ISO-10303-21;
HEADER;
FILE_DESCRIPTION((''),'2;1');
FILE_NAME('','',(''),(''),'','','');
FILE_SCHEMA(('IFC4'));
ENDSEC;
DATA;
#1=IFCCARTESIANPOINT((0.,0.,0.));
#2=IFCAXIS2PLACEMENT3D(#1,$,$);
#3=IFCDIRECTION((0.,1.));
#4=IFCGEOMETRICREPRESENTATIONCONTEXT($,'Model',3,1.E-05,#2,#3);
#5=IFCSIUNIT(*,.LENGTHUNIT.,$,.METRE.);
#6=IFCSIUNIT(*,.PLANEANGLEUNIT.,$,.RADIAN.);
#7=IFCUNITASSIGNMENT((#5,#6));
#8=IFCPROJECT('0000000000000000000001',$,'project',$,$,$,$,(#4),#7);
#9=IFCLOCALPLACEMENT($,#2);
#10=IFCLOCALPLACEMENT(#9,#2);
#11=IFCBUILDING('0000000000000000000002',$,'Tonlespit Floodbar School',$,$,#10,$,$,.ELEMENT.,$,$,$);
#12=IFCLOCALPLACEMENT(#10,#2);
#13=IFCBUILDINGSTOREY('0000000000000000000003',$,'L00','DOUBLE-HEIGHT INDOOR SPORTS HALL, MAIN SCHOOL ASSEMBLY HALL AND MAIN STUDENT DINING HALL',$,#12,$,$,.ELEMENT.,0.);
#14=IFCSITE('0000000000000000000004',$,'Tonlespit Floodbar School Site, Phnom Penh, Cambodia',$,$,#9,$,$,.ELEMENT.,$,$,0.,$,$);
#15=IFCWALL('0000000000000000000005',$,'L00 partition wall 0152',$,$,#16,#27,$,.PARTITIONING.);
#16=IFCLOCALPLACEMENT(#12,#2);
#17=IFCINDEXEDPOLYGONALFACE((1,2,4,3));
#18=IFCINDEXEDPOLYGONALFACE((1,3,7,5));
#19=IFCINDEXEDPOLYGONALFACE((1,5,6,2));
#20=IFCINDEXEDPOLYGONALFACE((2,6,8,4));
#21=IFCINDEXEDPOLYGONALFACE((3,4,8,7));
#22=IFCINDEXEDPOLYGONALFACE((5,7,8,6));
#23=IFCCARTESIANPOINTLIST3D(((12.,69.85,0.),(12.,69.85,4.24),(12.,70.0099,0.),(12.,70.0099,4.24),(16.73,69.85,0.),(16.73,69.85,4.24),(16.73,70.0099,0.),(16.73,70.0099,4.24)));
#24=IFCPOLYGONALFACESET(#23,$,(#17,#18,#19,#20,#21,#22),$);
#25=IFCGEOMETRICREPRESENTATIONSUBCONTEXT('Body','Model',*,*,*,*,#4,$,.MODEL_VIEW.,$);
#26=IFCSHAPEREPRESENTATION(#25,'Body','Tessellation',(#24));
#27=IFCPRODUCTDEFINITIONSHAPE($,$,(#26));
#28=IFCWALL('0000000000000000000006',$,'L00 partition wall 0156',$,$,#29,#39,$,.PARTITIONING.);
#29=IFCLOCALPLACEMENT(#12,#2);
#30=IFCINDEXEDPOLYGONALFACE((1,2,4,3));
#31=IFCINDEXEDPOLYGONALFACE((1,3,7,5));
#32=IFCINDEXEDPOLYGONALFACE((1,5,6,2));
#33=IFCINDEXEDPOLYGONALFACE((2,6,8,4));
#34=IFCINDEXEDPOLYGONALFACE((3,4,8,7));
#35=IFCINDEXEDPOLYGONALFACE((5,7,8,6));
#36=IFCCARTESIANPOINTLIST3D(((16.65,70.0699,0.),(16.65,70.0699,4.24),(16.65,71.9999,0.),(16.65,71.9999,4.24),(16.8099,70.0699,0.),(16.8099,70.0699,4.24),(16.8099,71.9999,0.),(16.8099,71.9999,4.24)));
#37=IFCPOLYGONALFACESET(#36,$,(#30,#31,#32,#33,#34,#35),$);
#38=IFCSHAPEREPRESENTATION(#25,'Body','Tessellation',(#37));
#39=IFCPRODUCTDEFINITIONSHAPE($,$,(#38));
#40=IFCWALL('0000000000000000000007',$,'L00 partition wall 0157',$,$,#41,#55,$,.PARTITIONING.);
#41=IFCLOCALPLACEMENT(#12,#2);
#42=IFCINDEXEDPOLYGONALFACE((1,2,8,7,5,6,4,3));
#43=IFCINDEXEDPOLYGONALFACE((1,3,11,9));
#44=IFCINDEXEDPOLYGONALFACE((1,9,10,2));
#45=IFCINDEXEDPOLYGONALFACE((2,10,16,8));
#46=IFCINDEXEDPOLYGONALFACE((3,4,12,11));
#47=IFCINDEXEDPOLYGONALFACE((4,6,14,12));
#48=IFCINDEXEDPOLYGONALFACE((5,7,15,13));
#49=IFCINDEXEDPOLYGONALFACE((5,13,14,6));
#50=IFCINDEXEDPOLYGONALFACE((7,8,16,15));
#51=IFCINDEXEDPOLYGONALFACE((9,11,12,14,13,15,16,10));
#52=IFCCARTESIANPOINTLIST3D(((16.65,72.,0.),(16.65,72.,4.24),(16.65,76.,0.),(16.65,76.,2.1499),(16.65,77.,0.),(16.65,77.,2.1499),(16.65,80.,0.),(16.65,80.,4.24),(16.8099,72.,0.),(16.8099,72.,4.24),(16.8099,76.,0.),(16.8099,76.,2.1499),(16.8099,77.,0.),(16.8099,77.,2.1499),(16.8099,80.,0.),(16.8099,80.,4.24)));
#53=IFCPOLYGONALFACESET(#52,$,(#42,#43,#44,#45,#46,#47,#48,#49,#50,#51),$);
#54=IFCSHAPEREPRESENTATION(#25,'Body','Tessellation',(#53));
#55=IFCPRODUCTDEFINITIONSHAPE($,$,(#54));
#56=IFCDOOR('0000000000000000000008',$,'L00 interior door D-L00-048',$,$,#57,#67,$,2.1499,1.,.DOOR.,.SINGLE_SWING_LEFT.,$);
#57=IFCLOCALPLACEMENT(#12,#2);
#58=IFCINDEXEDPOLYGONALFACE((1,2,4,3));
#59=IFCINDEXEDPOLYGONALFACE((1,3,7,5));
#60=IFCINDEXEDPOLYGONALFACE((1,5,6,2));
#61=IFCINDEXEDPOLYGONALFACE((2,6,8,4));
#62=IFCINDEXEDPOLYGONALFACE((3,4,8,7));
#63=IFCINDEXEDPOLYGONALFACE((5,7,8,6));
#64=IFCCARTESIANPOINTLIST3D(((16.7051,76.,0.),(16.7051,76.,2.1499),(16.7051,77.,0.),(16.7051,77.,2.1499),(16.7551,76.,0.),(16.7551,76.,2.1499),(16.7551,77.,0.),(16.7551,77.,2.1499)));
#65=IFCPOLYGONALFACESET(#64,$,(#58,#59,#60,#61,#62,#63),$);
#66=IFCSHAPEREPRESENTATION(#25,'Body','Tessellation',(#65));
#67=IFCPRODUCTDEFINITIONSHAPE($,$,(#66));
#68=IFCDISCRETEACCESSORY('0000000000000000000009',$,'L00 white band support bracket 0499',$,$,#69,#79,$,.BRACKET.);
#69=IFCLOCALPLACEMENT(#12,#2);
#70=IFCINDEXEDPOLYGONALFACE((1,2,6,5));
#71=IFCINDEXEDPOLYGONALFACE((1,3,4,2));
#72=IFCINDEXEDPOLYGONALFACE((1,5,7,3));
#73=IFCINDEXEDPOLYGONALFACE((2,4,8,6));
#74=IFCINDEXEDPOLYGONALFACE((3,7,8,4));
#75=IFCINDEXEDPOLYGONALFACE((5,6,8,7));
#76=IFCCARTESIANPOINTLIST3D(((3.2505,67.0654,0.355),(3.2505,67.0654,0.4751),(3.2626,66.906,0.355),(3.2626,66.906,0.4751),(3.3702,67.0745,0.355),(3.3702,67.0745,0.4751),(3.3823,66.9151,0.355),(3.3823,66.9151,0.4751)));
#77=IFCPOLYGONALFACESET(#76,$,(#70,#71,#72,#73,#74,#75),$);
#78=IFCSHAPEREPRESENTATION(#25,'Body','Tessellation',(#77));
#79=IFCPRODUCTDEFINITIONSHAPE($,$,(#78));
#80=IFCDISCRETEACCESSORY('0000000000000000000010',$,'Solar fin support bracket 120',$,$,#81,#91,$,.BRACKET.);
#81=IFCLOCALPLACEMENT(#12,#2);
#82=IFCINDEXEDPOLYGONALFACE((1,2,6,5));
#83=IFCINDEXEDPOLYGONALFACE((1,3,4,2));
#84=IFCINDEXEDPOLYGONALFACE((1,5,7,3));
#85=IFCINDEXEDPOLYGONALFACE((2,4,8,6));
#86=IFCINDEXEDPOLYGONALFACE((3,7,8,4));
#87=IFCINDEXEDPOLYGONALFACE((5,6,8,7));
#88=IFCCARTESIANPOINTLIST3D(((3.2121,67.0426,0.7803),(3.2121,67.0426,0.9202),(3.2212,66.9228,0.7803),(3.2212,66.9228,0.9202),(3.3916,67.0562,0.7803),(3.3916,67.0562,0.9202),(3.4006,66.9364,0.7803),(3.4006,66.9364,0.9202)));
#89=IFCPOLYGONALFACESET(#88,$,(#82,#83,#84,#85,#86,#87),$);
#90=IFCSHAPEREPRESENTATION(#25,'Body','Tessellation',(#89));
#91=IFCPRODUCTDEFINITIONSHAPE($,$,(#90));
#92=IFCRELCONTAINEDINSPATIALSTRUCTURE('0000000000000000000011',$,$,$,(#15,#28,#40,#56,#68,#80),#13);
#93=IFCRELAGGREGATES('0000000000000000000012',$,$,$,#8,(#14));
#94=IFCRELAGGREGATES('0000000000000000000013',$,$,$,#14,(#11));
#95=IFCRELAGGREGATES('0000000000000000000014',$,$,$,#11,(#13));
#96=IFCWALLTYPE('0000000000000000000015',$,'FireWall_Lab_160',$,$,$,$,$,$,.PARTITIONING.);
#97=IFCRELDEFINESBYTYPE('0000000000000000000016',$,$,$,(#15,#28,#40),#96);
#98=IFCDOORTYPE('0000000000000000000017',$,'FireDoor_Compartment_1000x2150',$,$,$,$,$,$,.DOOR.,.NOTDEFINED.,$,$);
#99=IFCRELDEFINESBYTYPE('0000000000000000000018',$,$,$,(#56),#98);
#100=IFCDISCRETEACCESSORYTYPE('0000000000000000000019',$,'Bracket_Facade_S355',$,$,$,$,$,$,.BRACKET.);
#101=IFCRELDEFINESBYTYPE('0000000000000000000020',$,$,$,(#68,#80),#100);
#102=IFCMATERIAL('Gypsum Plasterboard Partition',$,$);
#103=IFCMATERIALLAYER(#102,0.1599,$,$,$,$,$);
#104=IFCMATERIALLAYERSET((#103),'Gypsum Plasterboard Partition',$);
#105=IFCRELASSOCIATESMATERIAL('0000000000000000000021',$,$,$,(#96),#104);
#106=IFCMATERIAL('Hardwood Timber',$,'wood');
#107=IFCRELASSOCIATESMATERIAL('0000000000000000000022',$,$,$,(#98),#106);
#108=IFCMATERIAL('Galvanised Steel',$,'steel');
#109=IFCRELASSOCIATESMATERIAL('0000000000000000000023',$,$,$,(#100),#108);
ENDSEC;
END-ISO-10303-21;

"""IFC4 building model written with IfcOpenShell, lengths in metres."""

from ifc_helpers import new_model, si_unit, direction, frame, frame_2d, origin, origin_2d, place, context, subcontext, project, spatial, rectangle, extrude, material, layer, layer_set, type_object, element, fill, save


model = new_model("IFC4")

# Units and contexts
model_context = context("Model", 3, precision=1e-05, world=origin(), true_north=direction((0.0, 1.0)))
body_context = subcontext(model_context, "Body", "Model", "MODEL_VIEW")
ifc_project = project(units=[si_unit("LENGTHUNIT", "METRE"), si_unit("PLANEANGLEUNIT", "RADIAN")], contexts=[model_context])

# Site, building, storey
site_placement = place(None, origin())
site = spatial("IfcSite", under=ifc_project, at=site_placement, Name="Tonlespit Floodbar School Site, Phnom Penh, Cambodia", CompositionType="ELEMENT", RefElevation=0.0)
building_placement = place(site_placement, origin())
building = spatial("IfcBuilding", under=site, at=building_placement, Name="Tonlespit Floodbar School", CompositionType="ELEMENT")
storey_placement = place(building_placement, origin())
storey = spatial("IfcBuildingStorey", under=building, at=storey_placement, Name="L00", Description="DOUBLE-HEIGHT INDOOR SPORTS HALL, MAIN SCHOOL ASSEMBLY HALL AND MAIN STUDENT DINING HALL", CompositionType="ELEMENT", Elevation=0.0)

# Walls
ifc_material_1 = material(Name="Gypsum Plasterboard Partition")
ifc_layer_1 = layer(ifc_material_1, 0.1599)
ifc_layer_set_1 = layer_set([ifc_layer_1], Name="Gypsum Plasterboard Partition")
wall_type_1 = type_object("IfcWallType", Name="FireWall_Lab_160", PredefinedType="PARTITIONING", material=ifc_layer_set_1)
wall_1_placement = place(storey_placement, frame((12.0, 69.9299, 0.0), z_axis=(0.0, 0.0, 1.0), x_axis=(1.0, 0.0, 0.0)))
element("IfcWall", 1, at=wall_1_placement, inside=storey, type_object=wall_type_1, Name="L00 partition wall 0152", PredefinedType="PARTITIONING", context=body_context, shape_type="SweptSolid", body=[
    extrude(rectangle(XDim=4.73, YDim=0.1599, at=frame_2d((2.365, 0.0))), origin(), (0.0, 0.0, 1.0), 4.24),
])
wall_2_placement = place(storey_placement, frame((16.73, 70.0701, 0.0), z_axis=(0.0, 0.0, 1.0), x_axis=(0.0, 1.0, 0.0)))
element("IfcWall", 2, at=wall_2_placement, inside=storey, type_object=wall_type_1, Name="L00 partition wall 0156", PredefinedType="PARTITIONING", context=body_context, shape_type="SweptSolid", body=[
    extrude(rectangle(XDim=1.9299, YDim=0.1599, at=frame_2d((0.9648, 0.0))), origin(), (0.0, 0.0, 1.0), 4.24),
])

# Wall, opening, door
wall_3_placement = place(storey_placement, frame((16.73, 72.0, 0.0), z_axis=(0.0, 0.0, 1.0), x_axis=(0.0, 1.0, 0.0)))
wall_3 = element("IfcWall", 3, at=wall_3_placement, inside=storey, type_object=wall_type_1, Name="L00 partition wall 0157", PredefinedType="PARTITIONING", context=body_context, shape_type="SweptSolid", body=[
    extrude(rectangle(XDim=8.0, YDim=0.1599, at=frame_2d((4.0, 0.0))), origin(), (0.0, 0.0, 1.0), 4.24),
])
opening_placement = place(wall_3_placement, frame((4.0, 0.0, 0.0)))
opening = element("IfcOpeningElement", 4, at=opening_placement, cuts=wall_3, PredefinedType="OPENING", context=body_context, shape_type="SweptSolid", body=[
    extrude(rectangle(XDim=1.0, YDim=2.1499, at=frame_2d((0.5, 1.075))), frame((0.0, 0.0898, 0.0), z_axis=(0.0, -1.0, 0.0), x_axis=(1.0, 0.0, 0.0)), (0.0, 0.0, 1.0), 0.1799),
])
ifc_material_2 = material(Name="Hardwood Timber", Category="wood")
door_type = type_object("IfcDoorType", Name="FireDoor_Compartment_1000x2150", OperationType="NOTDEFINED", PredefinedType="DOOR", material=ifc_material_2)
door_placement = place(opening_placement, origin())
door = element("IfcDoor", 5, at=door_placement, inside=storey, type_object=door_type, Name="L00 interior door D-L00-048", OperationType="SINGLE_SWING_LEFT", OverallHeight=2.1499, OverallWidth=1.0, PredefinedType="DOOR", context=body_context, shape_type="SweptSolid", body=[
    extrude(rectangle(XDim=1.0, YDim=2.1499, at=frame_2d((0.5, 1.075))), frame((0.0, 0.0249, 0.0), z_axis=(0.0, -1.0, 0.0), x_axis=(1.0, 0.0, 0.0)), (0.0, 0.0, 1.0), 0.05),
])
fill(opening, door)

# Discrete accessories
ifc_material_3 = material(Name="Galvanised Steel", Category="steel")
discrete_accessory_type = type_object("IfcDiscreteAccessoryType", Name="Bracket_Facade_S355", PredefinedType="BRACKET", material=ifc_material_3)
discrete_accessory_1_placement = place(storey_placement, frame((3.3164, 66.9902, 0.355), z_axis=(0.0, 0.0, 1.0), x_axis=(-0.075682, 0.997132, 0.0)))
element("IfcDiscreteAccessory", 6, at=discrete_accessory_1_placement, inside=storey, type_object=discrete_accessory_type, Name="L00 white band support bracket 0499", PredefinedType="BRACKET", context=body_context, shape_type="SweptSolid", body=[
    extrude(rectangle(XDim=0.1599, YDim=0.1201, at=origin_2d()), origin(), (0.0, 0.0, 1.0), 0.1201),
])
discrete_accessory_2_placement = place(storey_placement, frame((3.3064, 66.9895, 0.7803), z_axis=(0.0, 0.0, 1.0), x_axis=(-0.075682, 0.997132, 0.0)))
element("IfcDiscreteAccessory", 7, at=discrete_accessory_2_placement, inside=storey, type_object=discrete_accessory_type, Name="Solar fin support bracket 120", PredefinedType="BRACKET", context=body_context, shape_type="SweptSolid", body=[
    extrude(rectangle(XDim=0.1201, YDim=0.1799, at=origin_2d()), origin(), (0.0, 0.0, 1.0), 0.1399),
])

save(model, "model.ifc")
